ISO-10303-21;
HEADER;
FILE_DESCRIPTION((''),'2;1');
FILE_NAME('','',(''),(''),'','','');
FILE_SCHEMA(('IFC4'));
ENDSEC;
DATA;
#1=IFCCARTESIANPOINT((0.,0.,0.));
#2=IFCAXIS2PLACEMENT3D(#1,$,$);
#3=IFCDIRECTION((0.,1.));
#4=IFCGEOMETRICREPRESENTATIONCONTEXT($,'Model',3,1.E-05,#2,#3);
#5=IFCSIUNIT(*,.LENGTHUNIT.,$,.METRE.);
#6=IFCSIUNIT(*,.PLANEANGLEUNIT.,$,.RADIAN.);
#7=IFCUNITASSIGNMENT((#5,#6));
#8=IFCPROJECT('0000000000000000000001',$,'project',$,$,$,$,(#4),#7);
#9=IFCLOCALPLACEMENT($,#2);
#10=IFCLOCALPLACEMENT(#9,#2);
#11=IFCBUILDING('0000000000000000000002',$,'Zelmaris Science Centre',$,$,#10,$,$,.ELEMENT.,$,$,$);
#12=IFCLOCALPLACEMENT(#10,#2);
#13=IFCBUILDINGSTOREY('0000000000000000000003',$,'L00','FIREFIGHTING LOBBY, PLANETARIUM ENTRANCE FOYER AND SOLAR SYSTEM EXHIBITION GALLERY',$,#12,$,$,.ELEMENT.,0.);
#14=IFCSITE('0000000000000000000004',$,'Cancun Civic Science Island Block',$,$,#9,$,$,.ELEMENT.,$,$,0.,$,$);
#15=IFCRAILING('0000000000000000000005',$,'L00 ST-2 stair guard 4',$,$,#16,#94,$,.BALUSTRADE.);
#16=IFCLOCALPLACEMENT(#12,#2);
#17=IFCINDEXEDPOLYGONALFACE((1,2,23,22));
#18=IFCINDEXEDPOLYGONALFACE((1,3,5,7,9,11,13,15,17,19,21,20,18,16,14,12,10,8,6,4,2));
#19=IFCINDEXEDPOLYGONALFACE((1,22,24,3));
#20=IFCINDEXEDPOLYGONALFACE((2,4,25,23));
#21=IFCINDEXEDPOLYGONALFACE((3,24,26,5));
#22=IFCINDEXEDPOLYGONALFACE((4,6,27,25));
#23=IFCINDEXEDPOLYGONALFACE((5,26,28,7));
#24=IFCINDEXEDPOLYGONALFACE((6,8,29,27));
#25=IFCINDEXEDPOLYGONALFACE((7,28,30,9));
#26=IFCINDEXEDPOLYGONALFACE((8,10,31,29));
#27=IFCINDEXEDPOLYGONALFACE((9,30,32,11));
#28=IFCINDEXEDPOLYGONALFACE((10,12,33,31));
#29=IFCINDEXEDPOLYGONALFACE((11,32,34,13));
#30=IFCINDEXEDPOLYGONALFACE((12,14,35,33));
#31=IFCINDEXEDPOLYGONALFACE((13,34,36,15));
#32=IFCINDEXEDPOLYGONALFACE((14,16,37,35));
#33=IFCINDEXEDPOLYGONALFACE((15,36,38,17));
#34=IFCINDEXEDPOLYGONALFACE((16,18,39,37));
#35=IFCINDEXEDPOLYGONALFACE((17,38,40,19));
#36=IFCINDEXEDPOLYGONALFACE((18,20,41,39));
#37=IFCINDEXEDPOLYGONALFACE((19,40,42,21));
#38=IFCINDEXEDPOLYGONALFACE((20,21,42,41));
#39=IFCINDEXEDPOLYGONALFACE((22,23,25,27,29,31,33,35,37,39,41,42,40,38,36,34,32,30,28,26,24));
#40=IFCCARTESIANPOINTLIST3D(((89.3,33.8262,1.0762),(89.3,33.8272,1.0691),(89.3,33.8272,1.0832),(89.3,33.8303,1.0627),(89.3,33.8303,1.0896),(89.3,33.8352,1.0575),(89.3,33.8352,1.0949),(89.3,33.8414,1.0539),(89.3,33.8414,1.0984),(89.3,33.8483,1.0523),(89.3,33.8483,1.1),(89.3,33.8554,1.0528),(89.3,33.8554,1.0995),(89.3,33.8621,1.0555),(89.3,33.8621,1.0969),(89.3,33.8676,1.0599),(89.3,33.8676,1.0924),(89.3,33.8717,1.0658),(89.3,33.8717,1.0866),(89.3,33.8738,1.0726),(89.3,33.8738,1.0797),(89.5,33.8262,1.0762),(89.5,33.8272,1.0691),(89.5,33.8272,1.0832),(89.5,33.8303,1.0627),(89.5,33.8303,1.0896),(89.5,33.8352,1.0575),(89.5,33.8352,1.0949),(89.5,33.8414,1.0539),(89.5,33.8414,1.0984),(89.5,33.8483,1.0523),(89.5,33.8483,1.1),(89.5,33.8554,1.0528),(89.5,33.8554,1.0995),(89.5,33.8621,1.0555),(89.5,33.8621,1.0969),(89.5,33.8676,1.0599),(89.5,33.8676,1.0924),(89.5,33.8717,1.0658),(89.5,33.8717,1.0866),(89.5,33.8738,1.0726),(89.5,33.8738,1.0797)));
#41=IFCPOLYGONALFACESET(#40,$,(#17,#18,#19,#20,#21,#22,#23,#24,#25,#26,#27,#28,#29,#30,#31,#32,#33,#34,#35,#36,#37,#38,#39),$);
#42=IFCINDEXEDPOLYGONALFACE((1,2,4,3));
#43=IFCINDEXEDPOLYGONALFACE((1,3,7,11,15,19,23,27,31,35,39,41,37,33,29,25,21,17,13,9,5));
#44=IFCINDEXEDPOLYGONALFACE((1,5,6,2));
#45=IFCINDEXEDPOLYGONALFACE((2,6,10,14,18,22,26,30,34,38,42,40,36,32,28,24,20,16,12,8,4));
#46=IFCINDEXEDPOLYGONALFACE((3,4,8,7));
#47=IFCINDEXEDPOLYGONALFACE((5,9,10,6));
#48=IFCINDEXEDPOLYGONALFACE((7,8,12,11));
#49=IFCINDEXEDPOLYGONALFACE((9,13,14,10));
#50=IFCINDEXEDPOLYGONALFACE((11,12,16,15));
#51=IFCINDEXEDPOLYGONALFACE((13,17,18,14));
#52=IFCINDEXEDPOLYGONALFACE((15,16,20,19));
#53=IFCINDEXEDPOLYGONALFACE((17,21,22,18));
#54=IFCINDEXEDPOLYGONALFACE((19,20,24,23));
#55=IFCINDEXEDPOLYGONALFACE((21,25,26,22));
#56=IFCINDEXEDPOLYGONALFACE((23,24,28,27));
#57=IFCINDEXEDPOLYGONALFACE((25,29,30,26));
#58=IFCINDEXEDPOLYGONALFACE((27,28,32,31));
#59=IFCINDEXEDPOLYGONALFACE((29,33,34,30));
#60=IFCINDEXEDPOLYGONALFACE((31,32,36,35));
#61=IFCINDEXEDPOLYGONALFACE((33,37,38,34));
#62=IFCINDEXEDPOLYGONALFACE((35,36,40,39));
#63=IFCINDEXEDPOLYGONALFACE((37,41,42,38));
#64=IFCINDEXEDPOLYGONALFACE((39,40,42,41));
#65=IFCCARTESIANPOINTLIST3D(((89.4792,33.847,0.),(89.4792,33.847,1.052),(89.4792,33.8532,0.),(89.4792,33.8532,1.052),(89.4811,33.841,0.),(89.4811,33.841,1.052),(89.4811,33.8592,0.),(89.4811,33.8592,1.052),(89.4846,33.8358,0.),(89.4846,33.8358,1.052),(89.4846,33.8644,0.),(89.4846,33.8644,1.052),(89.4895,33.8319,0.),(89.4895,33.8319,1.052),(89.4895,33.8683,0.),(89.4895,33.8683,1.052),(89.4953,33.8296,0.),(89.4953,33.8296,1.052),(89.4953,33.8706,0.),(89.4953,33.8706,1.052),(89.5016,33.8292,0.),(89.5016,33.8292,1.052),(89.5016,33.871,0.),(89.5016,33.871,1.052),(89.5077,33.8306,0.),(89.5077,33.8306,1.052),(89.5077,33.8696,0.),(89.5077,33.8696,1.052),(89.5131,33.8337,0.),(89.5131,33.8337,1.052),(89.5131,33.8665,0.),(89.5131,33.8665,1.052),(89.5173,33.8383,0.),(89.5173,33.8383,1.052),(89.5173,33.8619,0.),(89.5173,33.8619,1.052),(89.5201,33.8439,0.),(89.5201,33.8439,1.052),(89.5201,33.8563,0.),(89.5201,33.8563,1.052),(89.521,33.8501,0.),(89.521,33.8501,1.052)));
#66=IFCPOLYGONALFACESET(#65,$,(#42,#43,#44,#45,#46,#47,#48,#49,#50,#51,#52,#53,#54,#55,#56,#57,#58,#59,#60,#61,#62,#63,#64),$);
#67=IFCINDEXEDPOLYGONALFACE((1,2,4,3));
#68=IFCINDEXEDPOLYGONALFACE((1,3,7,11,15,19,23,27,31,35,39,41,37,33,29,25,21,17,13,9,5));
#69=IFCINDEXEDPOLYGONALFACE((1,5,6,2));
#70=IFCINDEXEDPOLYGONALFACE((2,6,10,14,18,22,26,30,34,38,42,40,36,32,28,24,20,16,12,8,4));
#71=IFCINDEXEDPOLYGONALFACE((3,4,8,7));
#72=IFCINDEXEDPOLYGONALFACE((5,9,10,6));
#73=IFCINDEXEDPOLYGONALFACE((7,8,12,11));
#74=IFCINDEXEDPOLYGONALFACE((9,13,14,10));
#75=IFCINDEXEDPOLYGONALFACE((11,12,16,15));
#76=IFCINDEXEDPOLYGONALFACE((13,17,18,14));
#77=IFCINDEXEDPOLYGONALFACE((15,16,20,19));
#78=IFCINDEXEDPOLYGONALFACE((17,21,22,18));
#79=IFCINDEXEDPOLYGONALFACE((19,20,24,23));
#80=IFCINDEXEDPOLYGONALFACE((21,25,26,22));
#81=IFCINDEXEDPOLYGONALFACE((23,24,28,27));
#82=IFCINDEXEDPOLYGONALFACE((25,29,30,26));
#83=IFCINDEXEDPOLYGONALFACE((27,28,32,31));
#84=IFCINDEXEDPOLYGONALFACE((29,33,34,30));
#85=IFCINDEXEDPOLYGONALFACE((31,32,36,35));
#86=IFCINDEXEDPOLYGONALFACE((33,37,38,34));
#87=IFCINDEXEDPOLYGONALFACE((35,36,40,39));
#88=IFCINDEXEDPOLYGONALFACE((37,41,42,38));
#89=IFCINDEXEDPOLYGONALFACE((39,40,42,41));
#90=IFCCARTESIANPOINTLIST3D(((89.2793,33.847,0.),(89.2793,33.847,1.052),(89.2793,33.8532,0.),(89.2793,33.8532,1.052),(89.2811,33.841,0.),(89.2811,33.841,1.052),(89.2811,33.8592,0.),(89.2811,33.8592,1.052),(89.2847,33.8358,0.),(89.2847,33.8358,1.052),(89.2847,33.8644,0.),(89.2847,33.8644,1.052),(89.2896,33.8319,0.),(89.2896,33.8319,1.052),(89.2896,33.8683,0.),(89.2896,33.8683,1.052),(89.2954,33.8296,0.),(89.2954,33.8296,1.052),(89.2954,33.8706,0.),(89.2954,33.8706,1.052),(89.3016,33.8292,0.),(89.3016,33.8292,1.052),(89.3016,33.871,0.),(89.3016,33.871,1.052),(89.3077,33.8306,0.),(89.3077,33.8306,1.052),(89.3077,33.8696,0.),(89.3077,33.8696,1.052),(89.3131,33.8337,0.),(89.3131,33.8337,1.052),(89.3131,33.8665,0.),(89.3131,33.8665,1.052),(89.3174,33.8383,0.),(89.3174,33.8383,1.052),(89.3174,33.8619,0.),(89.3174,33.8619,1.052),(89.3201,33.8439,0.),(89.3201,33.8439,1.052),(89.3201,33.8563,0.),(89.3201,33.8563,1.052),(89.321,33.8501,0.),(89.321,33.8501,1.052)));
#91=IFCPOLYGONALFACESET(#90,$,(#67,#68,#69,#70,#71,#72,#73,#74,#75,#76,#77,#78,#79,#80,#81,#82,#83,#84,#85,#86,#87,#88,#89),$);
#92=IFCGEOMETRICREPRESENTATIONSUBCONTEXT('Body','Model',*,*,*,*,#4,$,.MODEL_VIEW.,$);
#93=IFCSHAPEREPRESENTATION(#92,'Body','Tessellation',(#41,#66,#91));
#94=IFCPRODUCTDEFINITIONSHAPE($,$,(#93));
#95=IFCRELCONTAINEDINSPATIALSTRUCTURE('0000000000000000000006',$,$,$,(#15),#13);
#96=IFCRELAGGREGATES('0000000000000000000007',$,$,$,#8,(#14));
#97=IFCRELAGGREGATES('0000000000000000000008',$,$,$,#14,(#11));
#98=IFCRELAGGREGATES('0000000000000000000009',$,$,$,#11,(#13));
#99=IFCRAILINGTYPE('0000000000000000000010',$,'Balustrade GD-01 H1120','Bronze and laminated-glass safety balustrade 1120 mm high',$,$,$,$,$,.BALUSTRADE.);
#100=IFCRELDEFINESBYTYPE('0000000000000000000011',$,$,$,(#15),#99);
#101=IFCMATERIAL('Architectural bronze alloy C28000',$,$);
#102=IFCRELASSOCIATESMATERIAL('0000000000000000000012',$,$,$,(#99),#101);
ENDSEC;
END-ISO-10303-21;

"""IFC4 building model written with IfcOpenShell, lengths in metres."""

from ifc_helpers import new_model, si_unit, direction, frame, origin, origin_2d, place, context, subcontext, project, spatial, circle, extrude, material, type_object, element, save


model = new_model("IFC4")

# Units and contexts
model_context = context("Model", 3, precision=1e-05, world=origin(), true_north=direction((0.0, 1.0)))
body_context = subcontext(model_context, "Body", "Model", "MODEL_VIEW")
ifc_project = project(units=[si_unit("LENGTHUNIT", "METRE"), si_unit("PLANEANGLEUNIT", "RADIAN")], contexts=[model_context])

# Site, building, storey
site_placement = place(None, origin())
site = spatial("IfcSite", under=ifc_project, at=site_placement, Name="Cancun Civic Science Island Block", CompositionType="ELEMENT", RefElevation=0.0)
building_placement = place(site_placement, origin())
building = spatial("IfcBuilding", under=site, at=building_placement, Name="Zelmaris Science Centre", CompositionType="ELEMENT")
storey_placement = place(building_placement, origin())
storey = spatial("IfcBuildingStorey", under=building, at=storey_placement, Name="L00", Description="FIREFIGHTING LOBBY, PLANETARIUM ENTRANCE FOYER AND SOLAR SYSTEM EXHIBITION GALLERY", CompositionType="ELEMENT", Elevation=0.0)

# Railing
ifc_material_1 = material(Name="Architectural bronze alloy C28000")
railing_type_1 = type_object("IfcRailingType", Name="Balustrade GD-01 H1120", Description="Bronze and laminated-glass safety balustrade 1120 mm high", PredefinedType="BALUSTRADE", material=ifc_material_1)
railing_1_placement = place(storey_placement, frame((89.5, 33.8501, 0.0)))
element("IfcRailing", 1, at=railing_1_placement, inside=storey, type_object=railing_type_1, Name="L00 ST-2 stair guard 4", PredefinedType="BALUSTRADE", context=body_context, shape_type="SweptSolid", body=[
    extrude(circle(Radius=0.0239, at=origin_2d()), frame((0.0, 0.0, 1.0762), z_axis=(-1.0, 0.0, 0.0), x_axis=(0.0, -1.0, 0.0)), (0.0, 0.0, 1.0), 0.2),
    extrude(circle(Radius=0.021, at=origin_2d()), origin(), (0.0, 0.0, 1.0), 1.052),
    extrude(circle(Radius=0.021, at=origin_2d()), frame((-0.2, 0.0, 0.0)), (0.0, 0.0, 1.0), 1.052),
])

save(model, "model.ifc")
